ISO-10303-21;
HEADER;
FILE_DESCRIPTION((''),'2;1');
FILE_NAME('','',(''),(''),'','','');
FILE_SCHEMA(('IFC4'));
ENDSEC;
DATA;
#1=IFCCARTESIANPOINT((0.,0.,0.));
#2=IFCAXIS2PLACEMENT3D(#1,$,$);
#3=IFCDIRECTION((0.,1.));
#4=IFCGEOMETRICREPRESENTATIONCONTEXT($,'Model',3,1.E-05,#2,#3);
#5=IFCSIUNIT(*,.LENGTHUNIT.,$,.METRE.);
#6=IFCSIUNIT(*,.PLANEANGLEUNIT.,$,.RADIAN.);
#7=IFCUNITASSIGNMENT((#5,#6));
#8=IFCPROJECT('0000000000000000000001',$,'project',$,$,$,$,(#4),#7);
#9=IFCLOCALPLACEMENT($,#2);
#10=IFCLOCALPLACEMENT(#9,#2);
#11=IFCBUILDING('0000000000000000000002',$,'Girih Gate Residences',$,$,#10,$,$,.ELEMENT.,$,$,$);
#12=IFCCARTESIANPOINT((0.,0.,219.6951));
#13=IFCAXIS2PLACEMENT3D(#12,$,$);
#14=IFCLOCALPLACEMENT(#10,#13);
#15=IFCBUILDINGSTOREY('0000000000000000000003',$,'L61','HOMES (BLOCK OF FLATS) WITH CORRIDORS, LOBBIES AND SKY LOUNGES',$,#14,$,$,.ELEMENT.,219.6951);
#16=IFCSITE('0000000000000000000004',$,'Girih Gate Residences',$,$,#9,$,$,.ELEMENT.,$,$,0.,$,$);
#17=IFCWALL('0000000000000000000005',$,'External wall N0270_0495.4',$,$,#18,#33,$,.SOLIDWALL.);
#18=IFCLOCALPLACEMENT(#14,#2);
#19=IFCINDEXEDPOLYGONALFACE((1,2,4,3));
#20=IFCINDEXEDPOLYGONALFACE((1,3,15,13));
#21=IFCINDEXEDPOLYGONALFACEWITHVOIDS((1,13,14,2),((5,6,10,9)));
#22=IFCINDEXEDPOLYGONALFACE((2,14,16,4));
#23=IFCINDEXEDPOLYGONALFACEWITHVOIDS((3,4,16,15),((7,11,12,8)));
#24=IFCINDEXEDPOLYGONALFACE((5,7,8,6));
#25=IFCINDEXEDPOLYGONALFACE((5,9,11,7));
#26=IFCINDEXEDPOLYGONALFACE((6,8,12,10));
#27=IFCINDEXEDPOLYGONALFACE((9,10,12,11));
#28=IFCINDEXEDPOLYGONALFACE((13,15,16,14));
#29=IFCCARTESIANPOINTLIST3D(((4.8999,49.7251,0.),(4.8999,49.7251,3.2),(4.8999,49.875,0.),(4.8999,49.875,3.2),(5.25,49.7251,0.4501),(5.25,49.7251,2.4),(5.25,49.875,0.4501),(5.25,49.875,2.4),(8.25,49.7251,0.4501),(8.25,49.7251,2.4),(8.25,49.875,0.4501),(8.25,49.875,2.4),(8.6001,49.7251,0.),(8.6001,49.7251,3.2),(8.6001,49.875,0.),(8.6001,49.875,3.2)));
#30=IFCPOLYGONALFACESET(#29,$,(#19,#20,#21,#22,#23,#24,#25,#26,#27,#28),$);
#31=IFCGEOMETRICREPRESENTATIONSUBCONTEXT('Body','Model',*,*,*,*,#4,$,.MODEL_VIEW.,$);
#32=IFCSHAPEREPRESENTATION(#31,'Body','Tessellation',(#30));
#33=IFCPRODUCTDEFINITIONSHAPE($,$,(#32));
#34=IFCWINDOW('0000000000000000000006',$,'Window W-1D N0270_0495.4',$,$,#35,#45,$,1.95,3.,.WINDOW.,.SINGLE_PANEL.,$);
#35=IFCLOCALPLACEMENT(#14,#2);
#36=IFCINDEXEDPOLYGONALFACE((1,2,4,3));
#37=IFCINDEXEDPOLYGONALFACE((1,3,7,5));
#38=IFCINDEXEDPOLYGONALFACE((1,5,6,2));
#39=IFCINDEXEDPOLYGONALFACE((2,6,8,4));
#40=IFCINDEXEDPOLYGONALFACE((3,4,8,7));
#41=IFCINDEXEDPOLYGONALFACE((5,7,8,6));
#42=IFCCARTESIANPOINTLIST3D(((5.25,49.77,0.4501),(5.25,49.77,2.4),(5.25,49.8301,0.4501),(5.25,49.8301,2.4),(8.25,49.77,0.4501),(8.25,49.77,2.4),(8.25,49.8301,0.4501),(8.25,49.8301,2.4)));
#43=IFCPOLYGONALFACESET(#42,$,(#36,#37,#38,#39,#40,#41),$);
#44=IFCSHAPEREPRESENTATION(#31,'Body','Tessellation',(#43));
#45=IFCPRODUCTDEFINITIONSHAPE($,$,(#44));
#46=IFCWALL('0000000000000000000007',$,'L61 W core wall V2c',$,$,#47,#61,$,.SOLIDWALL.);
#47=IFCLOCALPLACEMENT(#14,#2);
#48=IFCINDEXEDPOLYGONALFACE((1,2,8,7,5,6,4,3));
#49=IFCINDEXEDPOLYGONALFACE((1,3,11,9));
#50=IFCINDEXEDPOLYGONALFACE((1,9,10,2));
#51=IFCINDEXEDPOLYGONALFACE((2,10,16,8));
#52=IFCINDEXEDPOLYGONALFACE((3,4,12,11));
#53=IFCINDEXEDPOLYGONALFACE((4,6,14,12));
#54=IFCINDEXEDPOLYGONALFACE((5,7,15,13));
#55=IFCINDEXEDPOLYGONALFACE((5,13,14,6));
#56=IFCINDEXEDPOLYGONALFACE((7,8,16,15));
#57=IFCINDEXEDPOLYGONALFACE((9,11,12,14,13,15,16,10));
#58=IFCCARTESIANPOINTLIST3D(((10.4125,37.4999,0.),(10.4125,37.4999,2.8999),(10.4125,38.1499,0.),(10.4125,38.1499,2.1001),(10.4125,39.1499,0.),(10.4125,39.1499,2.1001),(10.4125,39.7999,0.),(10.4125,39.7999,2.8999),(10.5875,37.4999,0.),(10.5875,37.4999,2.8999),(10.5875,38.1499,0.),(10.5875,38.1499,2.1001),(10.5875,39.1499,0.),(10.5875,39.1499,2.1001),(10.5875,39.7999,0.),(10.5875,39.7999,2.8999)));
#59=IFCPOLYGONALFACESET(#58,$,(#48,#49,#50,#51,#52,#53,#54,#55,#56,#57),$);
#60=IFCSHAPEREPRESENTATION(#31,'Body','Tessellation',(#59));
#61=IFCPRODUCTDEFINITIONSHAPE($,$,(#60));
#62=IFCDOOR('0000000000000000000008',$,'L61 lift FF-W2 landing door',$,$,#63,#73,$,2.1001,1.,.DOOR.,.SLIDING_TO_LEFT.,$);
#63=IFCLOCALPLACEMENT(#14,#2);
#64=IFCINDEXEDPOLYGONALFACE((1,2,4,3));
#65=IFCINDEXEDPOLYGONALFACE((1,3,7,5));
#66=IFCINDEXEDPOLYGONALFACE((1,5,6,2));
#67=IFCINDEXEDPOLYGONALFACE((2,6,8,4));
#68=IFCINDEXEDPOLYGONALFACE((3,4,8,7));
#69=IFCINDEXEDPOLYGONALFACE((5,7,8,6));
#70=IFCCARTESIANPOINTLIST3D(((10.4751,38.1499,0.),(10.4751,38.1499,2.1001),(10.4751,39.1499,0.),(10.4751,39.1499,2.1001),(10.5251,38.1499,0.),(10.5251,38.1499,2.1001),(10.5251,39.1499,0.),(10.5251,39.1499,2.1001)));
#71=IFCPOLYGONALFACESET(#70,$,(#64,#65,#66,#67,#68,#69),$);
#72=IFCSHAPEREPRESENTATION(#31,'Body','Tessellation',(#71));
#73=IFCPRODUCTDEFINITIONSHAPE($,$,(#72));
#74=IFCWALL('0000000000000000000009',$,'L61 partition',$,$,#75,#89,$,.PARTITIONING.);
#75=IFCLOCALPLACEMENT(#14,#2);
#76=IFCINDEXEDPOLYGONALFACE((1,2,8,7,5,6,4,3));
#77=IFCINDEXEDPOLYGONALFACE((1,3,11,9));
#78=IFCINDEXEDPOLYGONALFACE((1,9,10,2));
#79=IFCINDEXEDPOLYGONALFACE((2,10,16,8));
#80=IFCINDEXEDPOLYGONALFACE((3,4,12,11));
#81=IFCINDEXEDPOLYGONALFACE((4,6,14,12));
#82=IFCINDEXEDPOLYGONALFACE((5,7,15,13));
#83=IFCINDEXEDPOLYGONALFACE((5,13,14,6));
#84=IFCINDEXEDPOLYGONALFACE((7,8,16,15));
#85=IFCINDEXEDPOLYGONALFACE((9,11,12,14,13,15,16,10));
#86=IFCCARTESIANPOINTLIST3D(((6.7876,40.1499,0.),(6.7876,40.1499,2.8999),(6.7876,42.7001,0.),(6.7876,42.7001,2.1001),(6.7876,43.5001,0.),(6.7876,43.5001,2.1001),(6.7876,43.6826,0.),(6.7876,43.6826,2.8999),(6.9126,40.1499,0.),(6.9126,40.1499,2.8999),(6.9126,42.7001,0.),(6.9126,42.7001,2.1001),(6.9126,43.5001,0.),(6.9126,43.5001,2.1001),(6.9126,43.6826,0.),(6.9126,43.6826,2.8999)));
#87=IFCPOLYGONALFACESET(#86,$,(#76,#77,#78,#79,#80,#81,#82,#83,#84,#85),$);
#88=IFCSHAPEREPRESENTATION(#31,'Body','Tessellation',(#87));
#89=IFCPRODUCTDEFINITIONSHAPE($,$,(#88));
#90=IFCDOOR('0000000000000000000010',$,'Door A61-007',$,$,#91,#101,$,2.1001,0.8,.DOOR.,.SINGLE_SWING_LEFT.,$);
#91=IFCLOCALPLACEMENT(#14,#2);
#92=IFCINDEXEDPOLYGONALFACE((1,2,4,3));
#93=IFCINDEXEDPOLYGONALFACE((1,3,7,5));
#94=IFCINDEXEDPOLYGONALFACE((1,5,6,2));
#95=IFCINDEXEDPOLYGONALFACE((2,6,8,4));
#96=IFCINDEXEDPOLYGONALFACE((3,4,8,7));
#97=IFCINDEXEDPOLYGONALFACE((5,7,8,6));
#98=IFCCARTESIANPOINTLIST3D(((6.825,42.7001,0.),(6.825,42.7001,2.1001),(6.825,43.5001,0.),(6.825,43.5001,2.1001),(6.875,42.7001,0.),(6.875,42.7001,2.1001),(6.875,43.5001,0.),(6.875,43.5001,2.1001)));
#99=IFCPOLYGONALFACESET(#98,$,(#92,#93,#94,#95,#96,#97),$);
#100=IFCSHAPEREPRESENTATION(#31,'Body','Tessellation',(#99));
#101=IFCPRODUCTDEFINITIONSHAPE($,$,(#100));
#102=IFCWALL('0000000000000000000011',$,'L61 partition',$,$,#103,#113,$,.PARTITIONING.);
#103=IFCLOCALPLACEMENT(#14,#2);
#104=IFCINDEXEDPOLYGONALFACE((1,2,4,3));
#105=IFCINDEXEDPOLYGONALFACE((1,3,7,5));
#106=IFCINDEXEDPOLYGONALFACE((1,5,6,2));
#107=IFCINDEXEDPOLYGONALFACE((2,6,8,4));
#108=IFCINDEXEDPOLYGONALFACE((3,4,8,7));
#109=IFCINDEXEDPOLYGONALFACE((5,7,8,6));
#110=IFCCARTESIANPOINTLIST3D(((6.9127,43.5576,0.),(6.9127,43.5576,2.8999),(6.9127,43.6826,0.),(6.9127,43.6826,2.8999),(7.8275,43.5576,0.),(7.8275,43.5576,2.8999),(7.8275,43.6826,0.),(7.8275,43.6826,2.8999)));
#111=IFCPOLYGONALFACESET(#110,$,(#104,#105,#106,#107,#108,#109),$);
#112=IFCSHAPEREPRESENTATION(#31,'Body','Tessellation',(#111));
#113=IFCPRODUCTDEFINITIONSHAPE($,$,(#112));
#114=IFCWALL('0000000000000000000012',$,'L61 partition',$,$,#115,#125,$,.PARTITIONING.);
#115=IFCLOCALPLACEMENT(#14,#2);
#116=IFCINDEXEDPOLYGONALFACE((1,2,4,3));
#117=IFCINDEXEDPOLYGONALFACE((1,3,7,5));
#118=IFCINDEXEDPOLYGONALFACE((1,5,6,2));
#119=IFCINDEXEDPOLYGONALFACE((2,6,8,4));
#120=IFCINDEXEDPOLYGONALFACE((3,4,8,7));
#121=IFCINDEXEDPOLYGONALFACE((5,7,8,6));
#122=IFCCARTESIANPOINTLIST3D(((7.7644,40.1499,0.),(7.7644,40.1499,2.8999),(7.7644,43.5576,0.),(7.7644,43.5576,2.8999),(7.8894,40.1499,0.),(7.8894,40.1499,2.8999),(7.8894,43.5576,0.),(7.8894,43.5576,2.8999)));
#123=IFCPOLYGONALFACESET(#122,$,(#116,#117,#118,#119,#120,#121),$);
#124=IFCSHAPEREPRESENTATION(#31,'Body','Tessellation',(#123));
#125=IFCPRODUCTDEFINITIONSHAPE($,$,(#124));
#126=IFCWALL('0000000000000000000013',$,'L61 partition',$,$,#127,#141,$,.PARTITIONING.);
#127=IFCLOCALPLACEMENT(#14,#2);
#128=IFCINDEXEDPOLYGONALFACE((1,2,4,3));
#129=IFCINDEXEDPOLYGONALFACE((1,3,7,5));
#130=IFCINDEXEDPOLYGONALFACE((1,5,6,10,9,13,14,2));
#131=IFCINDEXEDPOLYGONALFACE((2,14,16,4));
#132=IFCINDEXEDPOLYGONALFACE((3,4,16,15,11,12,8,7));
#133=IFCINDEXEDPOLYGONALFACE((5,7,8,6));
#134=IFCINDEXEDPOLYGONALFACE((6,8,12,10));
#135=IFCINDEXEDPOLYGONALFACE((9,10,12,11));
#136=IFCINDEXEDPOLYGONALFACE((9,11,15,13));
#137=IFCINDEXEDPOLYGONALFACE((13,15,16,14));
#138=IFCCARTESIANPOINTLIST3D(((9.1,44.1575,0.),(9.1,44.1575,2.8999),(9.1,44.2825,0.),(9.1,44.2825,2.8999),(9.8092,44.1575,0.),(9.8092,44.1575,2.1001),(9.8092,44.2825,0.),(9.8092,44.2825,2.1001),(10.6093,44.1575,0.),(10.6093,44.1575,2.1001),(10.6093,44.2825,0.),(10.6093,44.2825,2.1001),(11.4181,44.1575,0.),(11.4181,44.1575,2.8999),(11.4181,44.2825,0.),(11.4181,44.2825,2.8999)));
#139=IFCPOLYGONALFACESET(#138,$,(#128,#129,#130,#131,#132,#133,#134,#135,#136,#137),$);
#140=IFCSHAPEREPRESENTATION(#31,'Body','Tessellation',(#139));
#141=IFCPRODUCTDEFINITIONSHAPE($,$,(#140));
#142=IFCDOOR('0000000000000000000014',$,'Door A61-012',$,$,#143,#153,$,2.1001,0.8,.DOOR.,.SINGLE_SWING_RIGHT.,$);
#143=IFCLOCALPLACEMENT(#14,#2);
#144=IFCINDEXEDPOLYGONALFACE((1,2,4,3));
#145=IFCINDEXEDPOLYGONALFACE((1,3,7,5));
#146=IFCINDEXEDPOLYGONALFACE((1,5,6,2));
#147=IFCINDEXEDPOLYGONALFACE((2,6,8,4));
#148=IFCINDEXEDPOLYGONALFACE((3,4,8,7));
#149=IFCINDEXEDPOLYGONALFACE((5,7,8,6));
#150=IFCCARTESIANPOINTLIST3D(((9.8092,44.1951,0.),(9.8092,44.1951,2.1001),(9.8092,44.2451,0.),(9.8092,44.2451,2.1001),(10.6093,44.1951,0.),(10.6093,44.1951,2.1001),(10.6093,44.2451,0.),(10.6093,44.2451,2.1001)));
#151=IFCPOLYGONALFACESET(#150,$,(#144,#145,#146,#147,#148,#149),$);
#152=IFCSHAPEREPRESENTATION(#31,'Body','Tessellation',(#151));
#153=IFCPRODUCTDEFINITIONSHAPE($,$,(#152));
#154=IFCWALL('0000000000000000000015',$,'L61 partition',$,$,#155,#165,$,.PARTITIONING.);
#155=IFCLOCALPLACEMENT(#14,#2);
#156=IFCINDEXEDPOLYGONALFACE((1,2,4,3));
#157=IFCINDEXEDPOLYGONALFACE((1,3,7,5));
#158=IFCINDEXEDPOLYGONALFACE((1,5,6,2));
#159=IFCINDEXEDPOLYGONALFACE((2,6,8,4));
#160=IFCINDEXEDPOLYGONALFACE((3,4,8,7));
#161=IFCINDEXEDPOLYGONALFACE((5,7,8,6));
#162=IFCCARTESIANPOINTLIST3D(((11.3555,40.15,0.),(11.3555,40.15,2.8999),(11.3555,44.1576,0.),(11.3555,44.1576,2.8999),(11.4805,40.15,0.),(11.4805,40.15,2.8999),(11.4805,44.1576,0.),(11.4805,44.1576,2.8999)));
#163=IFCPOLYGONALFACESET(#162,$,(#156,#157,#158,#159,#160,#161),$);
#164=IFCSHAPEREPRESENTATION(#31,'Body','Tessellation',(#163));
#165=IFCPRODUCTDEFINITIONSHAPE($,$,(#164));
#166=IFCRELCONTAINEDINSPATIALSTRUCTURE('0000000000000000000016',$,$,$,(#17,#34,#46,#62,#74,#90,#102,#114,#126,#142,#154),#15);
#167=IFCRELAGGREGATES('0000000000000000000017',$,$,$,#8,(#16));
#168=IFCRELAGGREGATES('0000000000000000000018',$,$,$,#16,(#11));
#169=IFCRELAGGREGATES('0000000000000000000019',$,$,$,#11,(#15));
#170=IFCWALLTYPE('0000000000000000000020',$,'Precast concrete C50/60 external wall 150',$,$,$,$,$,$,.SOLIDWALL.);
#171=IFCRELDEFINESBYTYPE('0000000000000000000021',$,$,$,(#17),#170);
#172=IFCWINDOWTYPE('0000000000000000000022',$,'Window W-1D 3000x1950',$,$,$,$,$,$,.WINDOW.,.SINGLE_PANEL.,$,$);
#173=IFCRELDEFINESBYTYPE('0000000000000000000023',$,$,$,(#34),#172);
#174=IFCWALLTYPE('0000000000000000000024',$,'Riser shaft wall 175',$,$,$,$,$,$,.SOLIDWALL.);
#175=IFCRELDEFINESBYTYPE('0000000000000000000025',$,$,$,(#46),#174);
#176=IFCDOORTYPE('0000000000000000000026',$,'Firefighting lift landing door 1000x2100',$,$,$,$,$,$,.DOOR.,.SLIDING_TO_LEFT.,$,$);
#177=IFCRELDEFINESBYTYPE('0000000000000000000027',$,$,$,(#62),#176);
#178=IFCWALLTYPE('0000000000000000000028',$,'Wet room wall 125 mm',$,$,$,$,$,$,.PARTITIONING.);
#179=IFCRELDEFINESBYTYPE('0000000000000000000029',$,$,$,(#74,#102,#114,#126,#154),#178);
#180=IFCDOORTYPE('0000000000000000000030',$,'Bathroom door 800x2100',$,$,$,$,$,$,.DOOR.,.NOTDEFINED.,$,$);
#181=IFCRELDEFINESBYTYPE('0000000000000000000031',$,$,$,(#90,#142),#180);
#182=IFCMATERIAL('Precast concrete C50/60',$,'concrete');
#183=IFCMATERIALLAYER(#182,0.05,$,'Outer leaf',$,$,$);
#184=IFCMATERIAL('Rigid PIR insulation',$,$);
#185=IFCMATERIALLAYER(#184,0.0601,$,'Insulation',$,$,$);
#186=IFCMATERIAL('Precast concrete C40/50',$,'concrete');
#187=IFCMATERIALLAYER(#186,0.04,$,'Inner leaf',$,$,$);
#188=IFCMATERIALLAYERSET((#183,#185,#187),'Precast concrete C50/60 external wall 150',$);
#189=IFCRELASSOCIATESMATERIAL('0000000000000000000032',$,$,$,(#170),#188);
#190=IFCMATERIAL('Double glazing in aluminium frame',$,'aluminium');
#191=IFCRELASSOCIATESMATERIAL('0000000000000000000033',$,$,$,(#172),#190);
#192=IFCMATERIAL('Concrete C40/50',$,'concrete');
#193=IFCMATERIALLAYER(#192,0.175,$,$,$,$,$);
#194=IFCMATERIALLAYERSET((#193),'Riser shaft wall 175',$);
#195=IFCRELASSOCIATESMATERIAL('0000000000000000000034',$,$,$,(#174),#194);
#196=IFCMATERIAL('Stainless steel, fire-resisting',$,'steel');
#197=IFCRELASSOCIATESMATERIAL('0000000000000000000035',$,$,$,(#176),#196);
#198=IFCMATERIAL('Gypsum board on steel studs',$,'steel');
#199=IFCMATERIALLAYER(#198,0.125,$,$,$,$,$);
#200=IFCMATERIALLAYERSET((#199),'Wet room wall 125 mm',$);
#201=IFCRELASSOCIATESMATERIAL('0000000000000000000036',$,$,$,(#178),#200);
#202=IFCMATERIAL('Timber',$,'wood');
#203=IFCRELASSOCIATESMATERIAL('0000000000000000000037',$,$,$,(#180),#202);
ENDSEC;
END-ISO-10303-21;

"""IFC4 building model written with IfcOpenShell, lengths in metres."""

from ifc_helpers import new_model, si_unit, direction, frame, frame_2d, origin, place, context, subcontext, project, spatial, rectangle, extrude, material, layer, layer_set, type_object, element, fill, save


model = new_model("IFC4")

# Units and contexts
model_context = context("Model", 3, precision=1e-05, world=origin(), true_north=direction((0.0, 1.0)))
body_context = subcontext(model_context, "Body", "Model", "MODEL_VIEW")
ifc_project = project(units=[si_unit("LENGTHUNIT", "METRE"), si_unit("PLANEANGLEUNIT", "RADIAN")], contexts=[model_context])

# Site, building, storey
site_placement = place(None, origin())
site = spatial("IfcSite", under=ifc_project, at=site_placement, Name="Girih Gate Residences", CompositionType="ELEMENT", RefElevation=0.0)
building_placement = place(site_placement, origin())
building = spatial("IfcBuilding", under=site, at=building_placement, Name="Girih Gate Residences", CompositionType="ELEMENT")
storey_placement = place(building_placement, frame((0.0, 0.0, 219.6951)))
storey = spatial("IfcBuildingStorey", under=building, at=storey_placement, Name="L61", Description="HOMES (BLOCK OF FLATS) WITH CORRIDORS, LOBBIES AND SKY LOUNGES", CompositionType="ELEMENT", Elevation=219.6951)

# Shared definitions
ifc_material_1 = material(Name="Gypsum board on steel studs", Category="steel")
ifc_material_2 = material(Name="Timber", Category="wood")

# Wall, opening, window
ifc_material_3 = material(Name="Precast concrete C50/60", Category="concrete")
ifc_layer_1 = layer(ifc_material_3, 0.05, Name="Outer leaf")
ifc_material_4 = material(Name="Rigid PIR insulation")
ifc_layer_2 = layer(ifc_material_4, 0.0601, Name="Insulation")
ifc_material_5 = material(Name="Precast concrete C40/50", Category="concrete")
ifc_layer_3 = layer(ifc_material_5, 0.04, Name="Inner leaf")
ifc_layer_set_1 = layer_set([ifc_layer_1, ifc_layer_2, ifc_layer_3], Name="Precast concrete C50/60 external wall 150")
wall_type_1 = type_object("IfcWallType", Name="Precast concrete C50/60 external wall 150", PredefinedType="SOLIDWALL", material=ifc_layer_set_1)
ifc_material_6 = material(Name="Double glazing in aluminium frame", Category="aluminium")
window_type = type_object("IfcWindowType", Name="Window W-1D 3000x1950", PartitioningType="SINGLE_PANEL", PredefinedType="WINDOW", material=ifc_material_6)
wall_1_placement = place(storey_placement, frame((4.8999, 49.8, 0.0), z_axis=(0.0, 0.0, 1.0), x_axis=(1.0, 0.0, 0.0)))
wall_1 = element("IfcWall", 1, at=wall_1_placement, inside=storey, type_object=wall_type_1, Name="External wall N0270_0495.4", PredefinedType="SOLIDWALL", context=body_context, shape_type="SweptSolid", body=[
    extrude(rectangle(XDim=3.7002, YDim=0.1499, at=frame_2d((1.8501, 0.0))), origin(), (0.0, 0.0, 1.0), 3.2),
])
opening_1_placement = place(wall_1_placement, frame((0.3501, 0.0, 0.45)))
opening_1 = element("IfcOpeningElement", 2, at=opening_1_placement, cuts=wall_1, PredefinedType="OPENING", context=body_context, shape_type="SweptSolid", body=[
    extrude(rectangle(XDim=3.0, YDim=1.95, at=frame_2d((1.5, 0.9751))), frame((0.0, 0.085, 0.0), z_axis=(0.0, -1.0, 0.0), x_axis=(1.0, 0.0, 0.0)), (0.0, 0.0, 1.0), 0.1699),
])
window_1_placement = place(opening_1_placement, origin())
window_1 = element("IfcWindow", 3, at=window_1_placement, inside=storey, type_object=window_type, Name="Window W-1D N0270_0495.4", OverallHeight=1.95, OverallWidth=3.0, PartitioningType="SINGLE_PANEL", PredefinedType="WINDOW", context=body_context, shape_type="SweptSolid", body=[
    extrude(rectangle(XDim=3.0, YDim=1.95, at=frame_2d((1.5, 0.9751))), frame((0.0, 0.03, 0.0), z_axis=(0.0, -1.0, 0.0), x_axis=(1.0, 0.0, 0.0)), (0.0, 0.0, 1.0), 0.0601),
])
fill(opening_1, window_1)

# Walls, openings, doors
ifc_material_7 = material(Name="Concrete C40/50", Category="concrete")
ifc_layer_4 = layer(ifc_material_7, 0.175)
ifc_layer_set_2 = layer_set([ifc_layer_4], Name="Riser shaft wall 175")
wall_type_2 = type_object("IfcWallType", Name="Riser shaft wall 175", PredefinedType="SOLIDWALL", material=ifc_layer_set_2)
wall_2_placement = place(storey_placement, frame((10.5, 37.5, 0.0), z_axis=(0.0, 0.0, 1.0), x_axis=(0.0, 1.0, 0.0)))
wall_2 = element("IfcWall", 4, at=wall_2_placement, inside=storey, type_object=wall_type_2, Name="L61 W core wall V2c", PredefinedType="SOLIDWALL", context=body_context, shape_type="SweptSolid", body=[
    extrude(rectangle(XDim=2.3, YDim=0.175, at=frame_2d((1.1499, 0.0))), origin(), (0.0, 0.0, 1.0), 2.8999),
])
opening_2_placement = place(wall_2_placement, frame((0.6499, 0.0, 0.0)))
opening_2 = element("IfcOpeningElement", 5, at=opening_2_placement, cuts=wall_2, PredefinedType="OPENING", context=body_context, shape_type="SweptSolid", body=[
    extrude(rectangle(XDim=1.0, YDim=2.1001, at=frame_2d((0.5, 1.05))), frame((0.0, 0.0974, 0.0), z_axis=(0.0, -1.0, 0.0), x_axis=(1.0, 0.0, 0.0)), (0.0, 0.0, 1.0), 0.1951),
])
ifc_material_8 = material(Name="Stainless steel, fire-resisting", Category="steel")
door_type_1 = type_object("IfcDoorType", Name="Firefighting lift landing door 1000x2100", OperationType="SLIDING_TO_LEFT", PredefinedType="DOOR", material=ifc_material_8)
door_1_placement = place(opening_2_placement, origin())
door_1 = element("IfcDoor", 6, at=door_1_placement, inside=storey, type_object=door_type_1, Name="L61 lift FF-W2 landing door", OperationType="SLIDING_TO_LEFT", OverallHeight=2.1001, OverallWidth=1.0, PredefinedType="DOOR", context=body_context, shape_type="SweptSolid", body=[
    extrude(rectangle(XDim=1.0, YDim=2.1001, at=frame_2d((0.5, 1.05))), frame((0.0, 0.0249, 0.0), z_axis=(0.0, -1.0, 0.0), x_axis=(1.0, 0.0, 0.0)), (0.0, 0.0, 1.0), 0.05),
])
fill(opening_2, door_1)
ifc_layer_5 = layer(ifc_material_1, 0.125)
ifc_layer_set_3 = layer_set([ifc_layer_5], Name="Wet room wall 125 mm")
wall_type_3 = type_object("IfcWallType", Name="Wet room wall 125 mm", PredefinedType="PARTITIONING", material=ifc_layer_set_3)
wall_3_placement = place(storey_placement, frame((6.8501, 43.6826, 0.0), z_axis=(0.0, 0.0, 1.0), x_axis=(0.0, -1.0, 0.0)))
wall_3 = element("IfcWall", 7, at=wall_3_placement, inside=storey, type_object=wall_type_3, Name="L61 partition", PredefinedType="PARTITIONING", context=body_context, shape_type="SweptSolid", body=[
    extrude(rectangle(XDim=3.5327, YDim=0.125, at=frame_2d((1.7664, 0.0))), origin(), (0.0, 0.0, 1.0), 2.8999),
])
opening_3_placement = place(wall_3_placement, frame((0.1826, 0.0, 0.0)))
opening_3 = element("IfcOpeningElement", 8, at=opening_3_placement, cuts=wall_3, PredefinedType="OPENING", context=body_context, shape_type="SweptSolid", body=[
    extrude(rectangle(XDim=0.8, YDim=2.1001, at=frame_2d((0.3999, 1.05))), frame((0.0, 0.0725, 0.0), z_axis=(0.0, -1.0, 0.0), x_axis=(1.0, 0.0, 0.0)), (0.0, 0.0, 1.0), 0.145),
])
door_type_2 = type_object("IfcDoorType", Name="Bathroom door 800x2100", OperationType="NOTDEFINED", PredefinedType="DOOR", material=ifc_material_2)
door_2_placement = place(opening_3_placement, origin())
door_2 = element("IfcDoor", 9, at=door_2_placement, inside=storey, type_object=door_type_2, Name="Door A61-007", OperationType="SINGLE_SWING_LEFT", OverallHeight=2.1001, OverallWidth=0.8, PredefinedType="DOOR", context=body_context, shape_type="SweptSolid", body=[
    extrude(rectangle(XDim=0.8, YDim=2.1001, at=frame_2d((0.3999, 1.05))), frame((0.0, 0.0249, 0.0), z_axis=(0.0, -1.0, 0.0), x_axis=(1.0, 0.0, 0.0)), (0.0, 0.0, 1.0), 0.05),
])
fill(opening_3, door_2)

# Walls
wall_4_placement = place(storey_placement, frame((6.9126, 43.6201, 0.0), z_axis=(0.0, 0.0, 1.0), x_axis=(1.0, 0.0, 0.0)))
element("IfcWall", 10, at=wall_4_placement, inside=storey, type_object=wall_type_3, Name="L61 partition", PredefinedType="PARTITIONING", context=body_context, shape_type="SweptSolid", body=[
    extrude(rectangle(XDim=0.9148, YDim=0.125, at=frame_2d((0.4575, 0.0))), origin(), (0.0, 0.0, 1.0), 2.8999),
])
wall_5_placement = place(storey_placement, frame((7.8269, 40.1499, 0.0), z_axis=(0.0, 0.0, 1.0), x_axis=(0.0, 1.0, 0.0)))
element("IfcWall", 11, at=wall_5_placement, inside=storey, type_object=wall_type_3, Name="L61 partition", PredefinedType="PARTITIONING", context=body_context, shape_type="SweptSolid", body=[
    extrude(rectangle(XDim=3.4077, YDim=0.125, at=frame_2d((1.7039, 0.0))), origin(), (0.0, 0.0, 1.0), 2.8999),
])

# Wall, opening, door
wall_6_placement = place(storey_placement, frame((11.4182, 44.22, 0.0), z_axis=(0.0, 0.0, 1.0), x_axis=(-1.0, 0.0, 0.0)))
wall_6 = element("IfcWall", 12, at=wall_6_placement, inside=storey, type_object=wall_type_3, Name="L61 partition", PredefinedType="PARTITIONING", context=body_context, shape_type="SweptSolid", body=[
    extrude(rectangle(XDim=2.3181, YDim=0.125, at=frame_2d((1.1592, 0.0))), origin(), (0.0, 0.0, 1.0), 2.8999),
])
opening_4_placement = place(wall_6_placement, frame((0.8091, 0.0, 0.0)))
opening_4 = element("IfcOpeningElement", 13, at=opening_4_placement, cuts=wall_6, PredefinedType="OPENING", context=body_context, shape_type="SweptSolid", body=[
    extrude(rectangle(XDim=0.8, YDim=2.1001, at=frame_2d((0.3999, 1.05))), frame((0.0, 0.0725, 0.0), z_axis=(0.0, -1.0, 0.0), x_axis=(1.0, 0.0, 0.0)), (0.0, 0.0, 1.0), 0.145),
])
door_3_placement = place(opening_4_placement, origin())
door_3 = element("IfcDoor", 14, at=door_3_placement, inside=storey, type_object=door_type_2, Name="Door A61-012", OperationType="SINGLE_SWING_RIGHT", OverallHeight=2.1001, OverallWidth=0.8, PredefinedType="DOOR", context=body_context, shape_type="SweptSolid", body=[
    extrude(rectangle(XDim=0.8, YDim=2.1001, at=frame_2d((0.3999, 1.05))), frame((0.0, 0.0249, 0.0), z_axis=(0.0, -1.0, 0.0), x_axis=(1.0, 0.0, 0.0)), (0.0, 0.0, 1.0), 0.05),
])
fill(opening_4, door_3)

# Wall
wall_7_placement = place(storey_placement, frame((11.418, 40.1499, 0.0), z_axis=(0.0, 0.0, 1.0), x_axis=(0.0, 1.0, 0.0)))
element("IfcWall", 15, at=wall_7_placement, inside=storey, type_object=wall_type_3, Name="L61 partition", PredefinedType="PARTITIONING", context=body_context, shape_type="SweptSolid", body=[
    extrude(rectangle(XDim=4.0076, YDim=0.125, at=frame_2d((2.0039, 0.0))), origin(), (0.0, 0.0, 1.0), 2.8999),
])

save(model, "model.ifc")
